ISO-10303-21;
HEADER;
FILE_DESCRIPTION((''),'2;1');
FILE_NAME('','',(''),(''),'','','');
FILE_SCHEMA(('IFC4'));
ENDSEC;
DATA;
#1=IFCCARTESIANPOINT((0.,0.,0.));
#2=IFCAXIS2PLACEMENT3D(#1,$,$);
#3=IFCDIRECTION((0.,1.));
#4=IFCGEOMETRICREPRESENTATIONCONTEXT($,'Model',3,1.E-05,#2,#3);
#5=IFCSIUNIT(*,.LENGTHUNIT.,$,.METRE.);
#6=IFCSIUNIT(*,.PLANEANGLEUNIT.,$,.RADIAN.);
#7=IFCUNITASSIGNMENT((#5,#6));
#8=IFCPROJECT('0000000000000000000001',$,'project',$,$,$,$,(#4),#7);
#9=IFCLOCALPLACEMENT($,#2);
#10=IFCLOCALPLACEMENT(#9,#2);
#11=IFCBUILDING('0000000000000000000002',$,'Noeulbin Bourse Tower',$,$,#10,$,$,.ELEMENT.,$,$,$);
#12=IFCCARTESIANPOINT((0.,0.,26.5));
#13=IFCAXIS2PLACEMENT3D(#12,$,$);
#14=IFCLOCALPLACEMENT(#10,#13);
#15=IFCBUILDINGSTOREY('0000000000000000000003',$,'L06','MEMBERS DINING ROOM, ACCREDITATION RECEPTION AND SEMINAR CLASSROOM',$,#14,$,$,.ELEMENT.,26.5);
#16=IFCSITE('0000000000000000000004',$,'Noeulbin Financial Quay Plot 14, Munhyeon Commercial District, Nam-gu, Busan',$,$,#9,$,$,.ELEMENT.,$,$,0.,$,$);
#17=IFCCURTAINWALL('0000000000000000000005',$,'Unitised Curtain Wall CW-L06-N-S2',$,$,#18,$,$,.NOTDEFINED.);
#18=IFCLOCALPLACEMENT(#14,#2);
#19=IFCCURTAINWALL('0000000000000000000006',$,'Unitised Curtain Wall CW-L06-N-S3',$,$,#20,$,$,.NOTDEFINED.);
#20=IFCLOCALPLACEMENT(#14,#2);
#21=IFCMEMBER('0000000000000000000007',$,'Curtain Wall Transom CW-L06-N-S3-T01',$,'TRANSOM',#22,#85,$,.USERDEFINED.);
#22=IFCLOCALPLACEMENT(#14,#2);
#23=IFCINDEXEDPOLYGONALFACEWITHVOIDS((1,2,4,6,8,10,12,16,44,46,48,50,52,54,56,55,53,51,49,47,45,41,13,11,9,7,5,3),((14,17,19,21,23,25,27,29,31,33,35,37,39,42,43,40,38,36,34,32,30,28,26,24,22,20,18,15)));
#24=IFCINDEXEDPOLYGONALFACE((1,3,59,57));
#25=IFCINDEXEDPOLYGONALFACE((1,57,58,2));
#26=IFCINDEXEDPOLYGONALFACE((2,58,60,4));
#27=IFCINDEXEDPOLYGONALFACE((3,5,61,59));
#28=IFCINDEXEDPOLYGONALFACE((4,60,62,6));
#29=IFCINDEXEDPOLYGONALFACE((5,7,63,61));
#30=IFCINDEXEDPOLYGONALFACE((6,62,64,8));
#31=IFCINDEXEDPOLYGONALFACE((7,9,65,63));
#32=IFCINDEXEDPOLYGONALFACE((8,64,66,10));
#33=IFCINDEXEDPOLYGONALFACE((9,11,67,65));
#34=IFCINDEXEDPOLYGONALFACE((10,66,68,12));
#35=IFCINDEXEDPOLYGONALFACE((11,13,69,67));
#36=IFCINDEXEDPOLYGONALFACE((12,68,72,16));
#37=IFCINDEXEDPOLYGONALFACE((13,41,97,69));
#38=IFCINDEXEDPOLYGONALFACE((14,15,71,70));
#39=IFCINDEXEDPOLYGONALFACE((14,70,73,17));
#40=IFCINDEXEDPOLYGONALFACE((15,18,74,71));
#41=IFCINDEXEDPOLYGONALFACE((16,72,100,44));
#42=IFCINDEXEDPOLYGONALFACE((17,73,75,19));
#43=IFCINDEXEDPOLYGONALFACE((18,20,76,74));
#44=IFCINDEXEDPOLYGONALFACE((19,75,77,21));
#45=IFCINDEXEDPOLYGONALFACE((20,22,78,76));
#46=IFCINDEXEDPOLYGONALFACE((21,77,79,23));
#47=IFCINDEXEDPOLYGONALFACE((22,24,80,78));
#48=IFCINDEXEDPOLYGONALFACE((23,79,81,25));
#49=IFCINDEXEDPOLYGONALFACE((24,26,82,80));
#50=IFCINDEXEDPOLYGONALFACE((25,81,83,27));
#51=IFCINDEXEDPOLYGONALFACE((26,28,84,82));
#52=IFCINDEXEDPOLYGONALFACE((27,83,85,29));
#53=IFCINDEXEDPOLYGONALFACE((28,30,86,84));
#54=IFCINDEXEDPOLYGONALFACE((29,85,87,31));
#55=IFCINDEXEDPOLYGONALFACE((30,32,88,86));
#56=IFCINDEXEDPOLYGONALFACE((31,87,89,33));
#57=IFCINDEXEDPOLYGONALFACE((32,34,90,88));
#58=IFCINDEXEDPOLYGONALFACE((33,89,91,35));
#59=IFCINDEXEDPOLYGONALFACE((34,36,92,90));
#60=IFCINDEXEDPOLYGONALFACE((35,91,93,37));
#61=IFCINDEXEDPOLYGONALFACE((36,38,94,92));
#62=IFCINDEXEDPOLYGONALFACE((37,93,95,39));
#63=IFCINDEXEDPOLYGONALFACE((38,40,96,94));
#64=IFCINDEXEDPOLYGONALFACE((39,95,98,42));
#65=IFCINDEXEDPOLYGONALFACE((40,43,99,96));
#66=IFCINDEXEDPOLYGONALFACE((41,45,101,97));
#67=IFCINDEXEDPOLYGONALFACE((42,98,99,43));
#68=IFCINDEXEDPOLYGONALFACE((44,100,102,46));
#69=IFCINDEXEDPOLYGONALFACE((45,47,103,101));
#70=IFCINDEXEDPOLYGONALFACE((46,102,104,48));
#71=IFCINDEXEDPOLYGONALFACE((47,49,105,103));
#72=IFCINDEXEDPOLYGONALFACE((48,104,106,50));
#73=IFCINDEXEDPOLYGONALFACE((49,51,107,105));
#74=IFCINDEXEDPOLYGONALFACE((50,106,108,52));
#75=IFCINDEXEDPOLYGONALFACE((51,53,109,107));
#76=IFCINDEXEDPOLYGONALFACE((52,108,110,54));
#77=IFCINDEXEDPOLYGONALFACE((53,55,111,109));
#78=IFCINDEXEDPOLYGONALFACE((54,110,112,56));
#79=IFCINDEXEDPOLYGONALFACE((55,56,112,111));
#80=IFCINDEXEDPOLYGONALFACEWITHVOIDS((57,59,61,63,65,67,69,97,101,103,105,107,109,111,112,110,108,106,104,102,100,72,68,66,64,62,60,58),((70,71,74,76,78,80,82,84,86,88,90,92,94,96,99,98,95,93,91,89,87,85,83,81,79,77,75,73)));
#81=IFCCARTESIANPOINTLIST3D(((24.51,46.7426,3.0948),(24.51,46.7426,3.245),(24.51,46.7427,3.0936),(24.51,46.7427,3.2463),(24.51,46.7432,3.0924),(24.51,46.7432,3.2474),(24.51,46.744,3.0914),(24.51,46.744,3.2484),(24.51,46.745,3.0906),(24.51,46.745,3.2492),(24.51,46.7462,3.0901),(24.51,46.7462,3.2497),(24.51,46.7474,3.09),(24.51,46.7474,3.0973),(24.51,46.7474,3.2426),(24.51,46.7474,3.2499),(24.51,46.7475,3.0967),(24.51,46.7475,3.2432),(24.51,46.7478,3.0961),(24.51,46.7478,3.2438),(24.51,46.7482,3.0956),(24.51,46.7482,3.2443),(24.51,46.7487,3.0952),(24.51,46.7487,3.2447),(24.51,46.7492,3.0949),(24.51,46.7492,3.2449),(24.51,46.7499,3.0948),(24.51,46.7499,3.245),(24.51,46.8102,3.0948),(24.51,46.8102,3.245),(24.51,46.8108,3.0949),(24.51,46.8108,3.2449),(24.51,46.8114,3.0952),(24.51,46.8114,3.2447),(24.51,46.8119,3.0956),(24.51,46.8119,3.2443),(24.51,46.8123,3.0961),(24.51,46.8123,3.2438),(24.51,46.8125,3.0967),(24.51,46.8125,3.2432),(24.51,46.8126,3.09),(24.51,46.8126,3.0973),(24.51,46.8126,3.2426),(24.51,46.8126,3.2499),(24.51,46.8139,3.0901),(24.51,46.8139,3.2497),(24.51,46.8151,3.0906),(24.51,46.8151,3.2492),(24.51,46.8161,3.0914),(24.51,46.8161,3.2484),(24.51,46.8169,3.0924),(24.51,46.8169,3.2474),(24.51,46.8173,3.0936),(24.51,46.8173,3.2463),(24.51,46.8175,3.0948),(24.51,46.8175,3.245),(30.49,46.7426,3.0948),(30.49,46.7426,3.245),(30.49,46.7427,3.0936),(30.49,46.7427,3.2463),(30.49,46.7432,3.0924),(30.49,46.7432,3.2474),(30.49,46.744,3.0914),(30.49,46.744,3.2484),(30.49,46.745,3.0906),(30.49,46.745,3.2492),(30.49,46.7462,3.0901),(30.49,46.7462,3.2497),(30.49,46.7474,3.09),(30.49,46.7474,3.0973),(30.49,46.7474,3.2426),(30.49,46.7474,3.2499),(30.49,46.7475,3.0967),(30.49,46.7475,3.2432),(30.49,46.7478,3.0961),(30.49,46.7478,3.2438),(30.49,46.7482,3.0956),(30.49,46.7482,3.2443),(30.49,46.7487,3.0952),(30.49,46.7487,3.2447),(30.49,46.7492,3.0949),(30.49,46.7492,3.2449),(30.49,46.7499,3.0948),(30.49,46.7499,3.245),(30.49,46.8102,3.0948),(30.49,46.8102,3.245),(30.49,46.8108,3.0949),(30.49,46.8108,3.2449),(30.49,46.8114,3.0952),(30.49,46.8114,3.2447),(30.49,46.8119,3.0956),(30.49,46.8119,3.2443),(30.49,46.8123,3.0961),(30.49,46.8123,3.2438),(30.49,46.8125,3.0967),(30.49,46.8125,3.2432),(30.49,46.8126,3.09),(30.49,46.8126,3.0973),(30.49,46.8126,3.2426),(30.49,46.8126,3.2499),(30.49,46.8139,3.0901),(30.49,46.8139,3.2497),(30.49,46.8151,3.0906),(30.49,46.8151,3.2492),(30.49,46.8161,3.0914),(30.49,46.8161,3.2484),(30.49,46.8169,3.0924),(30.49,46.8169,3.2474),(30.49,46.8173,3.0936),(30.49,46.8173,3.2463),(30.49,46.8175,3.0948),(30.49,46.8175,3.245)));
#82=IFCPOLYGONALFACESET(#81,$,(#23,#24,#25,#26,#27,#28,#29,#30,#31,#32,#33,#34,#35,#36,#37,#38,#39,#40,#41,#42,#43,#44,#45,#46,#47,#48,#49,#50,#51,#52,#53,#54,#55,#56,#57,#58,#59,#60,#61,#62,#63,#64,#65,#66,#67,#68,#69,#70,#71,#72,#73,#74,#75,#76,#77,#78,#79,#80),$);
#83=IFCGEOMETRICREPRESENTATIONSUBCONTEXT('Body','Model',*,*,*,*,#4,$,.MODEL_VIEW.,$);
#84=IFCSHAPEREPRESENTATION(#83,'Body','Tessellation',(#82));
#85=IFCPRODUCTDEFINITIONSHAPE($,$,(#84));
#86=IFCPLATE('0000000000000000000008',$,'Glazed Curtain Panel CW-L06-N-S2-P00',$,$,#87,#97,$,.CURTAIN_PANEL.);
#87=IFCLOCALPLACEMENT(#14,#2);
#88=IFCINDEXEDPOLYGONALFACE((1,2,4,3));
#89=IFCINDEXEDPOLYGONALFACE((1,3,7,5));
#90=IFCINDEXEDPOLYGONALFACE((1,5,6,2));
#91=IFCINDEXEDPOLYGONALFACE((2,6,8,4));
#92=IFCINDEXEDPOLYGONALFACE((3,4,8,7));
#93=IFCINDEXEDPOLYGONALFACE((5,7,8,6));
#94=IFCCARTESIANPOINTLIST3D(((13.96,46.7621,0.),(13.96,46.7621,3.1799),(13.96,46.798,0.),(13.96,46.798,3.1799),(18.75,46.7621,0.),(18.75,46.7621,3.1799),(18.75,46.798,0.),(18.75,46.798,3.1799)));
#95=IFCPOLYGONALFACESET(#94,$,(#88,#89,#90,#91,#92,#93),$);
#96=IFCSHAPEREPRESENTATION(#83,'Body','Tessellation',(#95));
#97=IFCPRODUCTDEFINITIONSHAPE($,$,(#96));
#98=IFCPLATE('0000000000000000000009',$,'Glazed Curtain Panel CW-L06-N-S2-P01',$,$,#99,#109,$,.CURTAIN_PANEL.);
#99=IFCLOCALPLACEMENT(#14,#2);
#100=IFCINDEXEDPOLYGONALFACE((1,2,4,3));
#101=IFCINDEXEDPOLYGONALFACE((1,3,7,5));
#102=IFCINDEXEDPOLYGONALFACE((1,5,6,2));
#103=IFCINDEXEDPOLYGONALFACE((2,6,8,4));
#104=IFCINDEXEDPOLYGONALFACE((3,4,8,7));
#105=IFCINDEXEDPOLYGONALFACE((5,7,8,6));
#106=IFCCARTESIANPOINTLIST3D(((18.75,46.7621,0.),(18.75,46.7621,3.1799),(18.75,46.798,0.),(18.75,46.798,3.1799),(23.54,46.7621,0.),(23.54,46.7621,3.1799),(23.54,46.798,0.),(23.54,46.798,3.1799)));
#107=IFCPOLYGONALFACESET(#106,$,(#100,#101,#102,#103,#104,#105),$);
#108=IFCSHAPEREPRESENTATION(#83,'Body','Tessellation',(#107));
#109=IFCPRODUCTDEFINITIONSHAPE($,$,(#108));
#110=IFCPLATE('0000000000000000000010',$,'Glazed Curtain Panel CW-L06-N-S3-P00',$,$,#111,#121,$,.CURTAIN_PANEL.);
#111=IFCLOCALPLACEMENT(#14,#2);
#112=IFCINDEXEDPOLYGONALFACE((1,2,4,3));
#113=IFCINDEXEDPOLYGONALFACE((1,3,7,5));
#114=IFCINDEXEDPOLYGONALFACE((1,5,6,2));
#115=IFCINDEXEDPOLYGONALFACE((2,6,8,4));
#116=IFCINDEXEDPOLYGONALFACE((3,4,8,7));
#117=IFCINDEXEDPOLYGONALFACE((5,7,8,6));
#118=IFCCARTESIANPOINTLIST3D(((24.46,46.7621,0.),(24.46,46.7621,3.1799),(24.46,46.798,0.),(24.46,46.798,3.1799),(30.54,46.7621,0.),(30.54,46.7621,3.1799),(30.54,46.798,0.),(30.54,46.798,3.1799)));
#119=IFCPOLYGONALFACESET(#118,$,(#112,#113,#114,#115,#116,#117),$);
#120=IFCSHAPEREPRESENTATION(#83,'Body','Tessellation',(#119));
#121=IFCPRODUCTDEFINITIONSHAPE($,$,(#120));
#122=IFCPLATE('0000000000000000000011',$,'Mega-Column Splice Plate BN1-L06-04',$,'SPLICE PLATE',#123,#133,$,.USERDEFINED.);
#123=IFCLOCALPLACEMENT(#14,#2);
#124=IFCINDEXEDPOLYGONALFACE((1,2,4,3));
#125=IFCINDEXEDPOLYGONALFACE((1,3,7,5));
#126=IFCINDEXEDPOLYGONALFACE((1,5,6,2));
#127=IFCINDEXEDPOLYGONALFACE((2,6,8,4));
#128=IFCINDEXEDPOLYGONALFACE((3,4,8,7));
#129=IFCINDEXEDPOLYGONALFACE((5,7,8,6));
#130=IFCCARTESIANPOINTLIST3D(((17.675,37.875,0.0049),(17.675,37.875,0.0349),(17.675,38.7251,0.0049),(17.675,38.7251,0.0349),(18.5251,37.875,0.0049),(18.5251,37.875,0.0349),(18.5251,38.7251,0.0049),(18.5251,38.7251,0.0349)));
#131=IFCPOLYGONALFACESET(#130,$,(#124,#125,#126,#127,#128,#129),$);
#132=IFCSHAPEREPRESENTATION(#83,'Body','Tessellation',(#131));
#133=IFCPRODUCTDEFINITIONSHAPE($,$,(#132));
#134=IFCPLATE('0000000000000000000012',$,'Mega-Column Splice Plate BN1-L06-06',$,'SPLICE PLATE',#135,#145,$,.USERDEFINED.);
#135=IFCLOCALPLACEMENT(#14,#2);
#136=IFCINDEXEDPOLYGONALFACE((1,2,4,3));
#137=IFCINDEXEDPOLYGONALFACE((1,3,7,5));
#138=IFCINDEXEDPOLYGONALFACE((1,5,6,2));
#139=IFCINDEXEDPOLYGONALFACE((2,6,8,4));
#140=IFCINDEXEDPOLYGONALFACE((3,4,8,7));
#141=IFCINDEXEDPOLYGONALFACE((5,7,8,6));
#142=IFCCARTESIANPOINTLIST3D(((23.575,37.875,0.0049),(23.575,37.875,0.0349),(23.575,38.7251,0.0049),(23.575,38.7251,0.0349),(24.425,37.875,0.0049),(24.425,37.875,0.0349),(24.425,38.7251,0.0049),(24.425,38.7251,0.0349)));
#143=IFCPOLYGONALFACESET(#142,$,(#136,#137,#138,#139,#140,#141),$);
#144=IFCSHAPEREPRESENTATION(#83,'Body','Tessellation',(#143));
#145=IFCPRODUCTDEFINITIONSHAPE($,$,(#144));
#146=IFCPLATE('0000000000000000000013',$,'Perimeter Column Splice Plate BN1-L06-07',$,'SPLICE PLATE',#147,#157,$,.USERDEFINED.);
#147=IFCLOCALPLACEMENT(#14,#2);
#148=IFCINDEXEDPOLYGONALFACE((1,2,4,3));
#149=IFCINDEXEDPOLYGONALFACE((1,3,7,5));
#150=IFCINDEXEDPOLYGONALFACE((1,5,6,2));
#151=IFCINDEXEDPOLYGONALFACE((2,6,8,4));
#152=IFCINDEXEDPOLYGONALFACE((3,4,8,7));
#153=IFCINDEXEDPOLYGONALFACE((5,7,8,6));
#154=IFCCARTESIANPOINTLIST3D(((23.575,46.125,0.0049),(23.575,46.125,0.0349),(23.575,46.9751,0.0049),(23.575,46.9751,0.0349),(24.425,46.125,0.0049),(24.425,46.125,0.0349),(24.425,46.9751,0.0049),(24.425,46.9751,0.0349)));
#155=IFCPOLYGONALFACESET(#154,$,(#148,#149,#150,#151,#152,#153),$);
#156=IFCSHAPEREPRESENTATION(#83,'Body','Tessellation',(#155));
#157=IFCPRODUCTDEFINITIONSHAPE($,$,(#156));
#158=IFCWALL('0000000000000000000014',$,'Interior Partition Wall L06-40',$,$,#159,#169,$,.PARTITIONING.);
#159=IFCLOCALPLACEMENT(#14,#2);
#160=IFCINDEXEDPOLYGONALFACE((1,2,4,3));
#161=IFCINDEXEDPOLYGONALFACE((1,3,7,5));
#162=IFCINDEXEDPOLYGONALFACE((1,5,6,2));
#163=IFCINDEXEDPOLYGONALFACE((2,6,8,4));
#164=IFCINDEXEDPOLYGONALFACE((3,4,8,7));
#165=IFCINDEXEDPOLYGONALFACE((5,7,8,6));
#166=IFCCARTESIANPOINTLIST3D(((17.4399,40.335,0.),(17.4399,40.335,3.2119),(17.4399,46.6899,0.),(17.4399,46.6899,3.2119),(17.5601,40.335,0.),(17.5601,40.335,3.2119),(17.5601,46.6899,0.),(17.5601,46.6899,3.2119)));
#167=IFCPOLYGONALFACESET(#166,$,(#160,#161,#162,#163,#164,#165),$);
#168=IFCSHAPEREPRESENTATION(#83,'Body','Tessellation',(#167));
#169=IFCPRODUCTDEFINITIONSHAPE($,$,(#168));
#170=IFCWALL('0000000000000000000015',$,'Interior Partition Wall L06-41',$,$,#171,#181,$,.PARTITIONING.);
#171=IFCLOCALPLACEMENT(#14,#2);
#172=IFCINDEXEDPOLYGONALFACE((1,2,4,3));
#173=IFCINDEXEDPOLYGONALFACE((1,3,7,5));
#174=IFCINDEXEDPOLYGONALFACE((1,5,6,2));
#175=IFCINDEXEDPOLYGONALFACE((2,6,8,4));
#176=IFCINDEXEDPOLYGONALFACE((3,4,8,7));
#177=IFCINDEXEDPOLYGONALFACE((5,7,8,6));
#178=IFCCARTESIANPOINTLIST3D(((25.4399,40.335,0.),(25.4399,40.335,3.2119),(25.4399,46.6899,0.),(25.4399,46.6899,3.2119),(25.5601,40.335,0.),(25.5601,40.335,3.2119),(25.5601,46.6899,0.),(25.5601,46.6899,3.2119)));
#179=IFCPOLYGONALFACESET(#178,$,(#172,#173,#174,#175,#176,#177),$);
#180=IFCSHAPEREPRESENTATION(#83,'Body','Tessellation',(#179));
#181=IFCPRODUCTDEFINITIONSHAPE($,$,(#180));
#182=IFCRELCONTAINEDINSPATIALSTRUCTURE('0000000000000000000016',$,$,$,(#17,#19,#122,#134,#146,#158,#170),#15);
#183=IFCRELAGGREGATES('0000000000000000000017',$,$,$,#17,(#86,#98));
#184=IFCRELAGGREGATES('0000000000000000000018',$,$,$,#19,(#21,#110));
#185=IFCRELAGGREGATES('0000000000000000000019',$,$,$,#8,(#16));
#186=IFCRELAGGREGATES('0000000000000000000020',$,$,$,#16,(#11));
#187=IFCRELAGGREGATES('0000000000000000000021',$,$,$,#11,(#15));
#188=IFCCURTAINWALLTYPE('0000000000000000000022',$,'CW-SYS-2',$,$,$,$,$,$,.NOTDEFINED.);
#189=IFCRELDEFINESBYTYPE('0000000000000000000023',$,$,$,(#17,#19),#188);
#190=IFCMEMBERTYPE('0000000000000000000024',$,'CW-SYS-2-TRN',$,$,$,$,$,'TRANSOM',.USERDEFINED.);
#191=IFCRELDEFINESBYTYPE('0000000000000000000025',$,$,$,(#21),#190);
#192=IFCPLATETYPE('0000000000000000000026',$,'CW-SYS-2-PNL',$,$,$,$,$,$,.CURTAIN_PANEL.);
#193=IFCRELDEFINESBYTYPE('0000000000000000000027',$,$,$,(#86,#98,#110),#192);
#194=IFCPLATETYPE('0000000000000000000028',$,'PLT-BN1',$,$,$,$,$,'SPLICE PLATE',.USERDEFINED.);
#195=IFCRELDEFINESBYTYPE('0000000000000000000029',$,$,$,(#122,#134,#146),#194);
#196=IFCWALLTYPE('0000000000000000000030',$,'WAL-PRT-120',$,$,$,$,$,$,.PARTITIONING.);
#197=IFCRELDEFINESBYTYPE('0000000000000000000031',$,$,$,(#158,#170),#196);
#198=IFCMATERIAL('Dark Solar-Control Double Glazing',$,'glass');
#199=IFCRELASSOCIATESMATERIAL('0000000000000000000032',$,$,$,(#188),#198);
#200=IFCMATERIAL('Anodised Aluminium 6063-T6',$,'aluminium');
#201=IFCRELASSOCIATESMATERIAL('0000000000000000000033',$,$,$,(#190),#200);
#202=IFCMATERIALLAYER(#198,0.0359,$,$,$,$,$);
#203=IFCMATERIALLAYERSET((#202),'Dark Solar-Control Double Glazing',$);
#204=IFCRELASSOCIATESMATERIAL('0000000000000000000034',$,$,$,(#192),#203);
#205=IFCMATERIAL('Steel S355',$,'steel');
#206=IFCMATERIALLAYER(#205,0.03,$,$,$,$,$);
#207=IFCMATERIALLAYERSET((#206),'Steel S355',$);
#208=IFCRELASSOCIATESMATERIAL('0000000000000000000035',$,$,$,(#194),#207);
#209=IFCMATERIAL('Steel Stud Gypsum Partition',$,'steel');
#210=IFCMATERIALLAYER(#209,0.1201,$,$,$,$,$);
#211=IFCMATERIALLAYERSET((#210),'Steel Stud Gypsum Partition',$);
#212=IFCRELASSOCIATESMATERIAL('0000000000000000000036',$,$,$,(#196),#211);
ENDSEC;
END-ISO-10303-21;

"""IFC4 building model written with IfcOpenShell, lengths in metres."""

from ifc_helpers import new_model, si_unit, direction, frame, frame_2d, origin, origin_2d, place, context, subcontext, project, spatial, rectangle, hollow_rectangle, extrude, material, layer, layer_set, material_profile, profile_set, type_object, element, aggregate, save


model = new_model("IFC4")

# Units and contexts
model_context = context("Model", 3, precision=1e-05, world=origin(), true_north=direction((0.0, 1.0)))
body_context = subcontext(model_context, "Body", "Model", "MODEL_VIEW")
ifc_project = project(units=[si_unit("LENGTHUNIT", "METRE"), si_unit("PLANEANGLEUNIT", "RADIAN")], contexts=[model_context])

# Site, building, storey
site_placement = place(None, origin())
site = spatial("IfcSite", under=ifc_project, at=site_placement, Name="Noeulbin Financial Quay Plot 14, Munhyeon Commercial District, Nam-gu, Busan", CompositionType="ELEMENT", RefElevation=0.0)
building_placement = place(site_placement, origin())
building = spatial("IfcBuilding", under=site, at=building_placement, Name="Noeulbin Bourse Tower", CompositionType="ELEMENT")
storey_placement = place(building_placement, frame((0.0, 0.0, 26.5)))
storey = spatial("IfcBuildingStorey", under=building, at=storey_placement, Name="L06", Description="MEMBERS DINING ROOM, ACCREDITATION RECEPTION AND SEMINAR CLASSROOM", CompositionType="ELEMENT", Elevation=26.5)

# Shared definitions
ifc_material_1 = material(Name="Steel S355", Category="steel")

# Curtain walls, member
ifc_material_2 = material(Name="Dark Solar-Control Double Glazing", Category="glass")
curtain_wall_type = type_object("IfcCurtainWallType", Name="CW-SYS-2", PredefinedType="NOTDEFINED", material=ifc_material_2)
curtain_wall_1_placement = place(storey_placement, origin())
curtain_wall_1 = element("IfcCurtainWall", 1, at=curtain_wall_1_placement, inside=storey, type_object=curtain_wall_type, Name="Unitised Curtain Wall CW-L06-N-S2", PredefinedType="NOTDEFINED")
ifc_material_3 = material(Name="Anodised Aluminium 6063-T6", Category="aluminium")
curtain_wall_2_placement = place(storey_placement, origin())
curtain_wall_2 = element("IfcCurtainWall", 2, at=curtain_wall_2_placement, inside=storey, type_object=curtain_wall_type, Name="Unitised Curtain Wall CW-L06-N-S3", PredefinedType="NOTDEFINED")
ifc_material_profile_1 = material_profile(ifc_material_3, hollow_rectangle(XDim=0.075, YDim=0.1599, WallThickness=0.0049, InnerFilletRadius=0.0024, OuterFilletRadius=0.0049, at=origin_2d()), Name="ALU-TRAN-75x160x5", Category="LoadBearing")
ifc_profile_set_1 = profile_set([ifc_material_profile_1], Name="Anodised Aluminium 6063-T6")
member_type_1 = type_object("IfcMemberType", Name="CW-SYS-2-TRN", ElementType="TRANSOM", PredefinedType="USERDEFINED", material=ifc_profile_set_1)
member_1_placement = place(storey_placement, frame((24.51, 46.78, 3.1699), z_axis=(1.0, 0.0, 0.0), x_axis=(0.0, 1.0, 0.0)))
member_1 = element("IfcMember", 3, at=member_1_placement, type_object=member_type_1, Name="Curtain Wall Transom CW-L06-N-S3-T01", ObjectType="TRANSOM", PredefinedType="USERDEFINED", context=body_context, shape_type="SweptSolid", body=[
    extrude(hollow_rectangle(XDim=0.075, YDim=0.1599, WallThickness=0.0049, InnerFilletRadius=0.0024, OuterFilletRadius=0.0049, at=origin_2d()), origin(), (0.0, 0.0, 1.0), 5.98),
])

# Plates
ifc_layer_1 = layer(ifc_material_2, 0.0359)
ifc_layer_set_1 = layer_set([ifc_layer_1], Name="Dark Solar-Control Double Glazing")
plate_type_1 = type_object("IfcPlateType", Name="CW-SYS-2-PNL", PredefinedType="CURTAIN_PANEL", material=ifc_layer_set_1)
plate_1_placement = place(storey_placement, frame((16.355, 46.78, 0.0), z_axis=(0.0, 0.0, 1.0), x_axis=(1.0, 0.0, 0.0)))
plate_1 = element("IfcPlate", 4, at=plate_1_placement, type_object=plate_type_1, Name="Glazed Curtain Panel CW-L06-N-S2-P00", PredefinedType="CURTAIN_PANEL", context=body_context, shape_type="SweptSolid", body=[
    extrude(rectangle(XDim=4.79, YDim=0.0359, at=origin_2d()), origin(), (0.0, 0.0, 1.0), 3.1799),
])
plate_2_placement = place(storey_placement, frame((21.145, 46.78, 0.0), z_axis=(0.0, 0.0, 1.0), x_axis=(1.0, 0.0, 0.0)))
plate_2 = element("IfcPlate", 5, at=plate_2_placement, type_object=plate_type_1, Name="Glazed Curtain Panel CW-L06-N-S2-P01", PredefinedType="CURTAIN_PANEL", context=body_context, shape_type="SweptSolid", body=[
    extrude(rectangle(XDim=4.79, YDim=0.0359, at=origin_2d()), origin(), (0.0, 0.0, 1.0), 3.1799),
])
aggregate(curtain_wall_1, [plate_1, plate_2])
plate_3_placement = place(storey_placement, frame((27.5, 46.78, 0.0), z_axis=(0.0, 0.0, 1.0), x_axis=(1.0, 0.0, 0.0)))
plate_3 = element("IfcPlate", 6, at=plate_3_placement, type_object=plate_type_1, Name="Glazed Curtain Panel CW-L06-N-S3-P00", PredefinedType="CURTAIN_PANEL", context=body_context, shape_type="SweptSolid", body=[
    extrude(rectangle(XDim=6.0801, YDim=0.0359, at=origin_2d()), origin(), (0.0, 0.0, 1.0), 3.1799),
])
aggregate(curtain_wall_2, [member_1, plate_3])

# Plates
ifc_layer_2 = layer(ifc_material_1, 0.03)
ifc_layer_set_2 = layer_set([ifc_layer_2], Name="Steel S355")
plate_type_2 = type_object("IfcPlateType", Name="PLT-BN1", ElementType="SPLICE PLATE", PredefinedType="USERDEFINED", material=ifc_layer_set_2)
for number, where, z_axis, x_axis, name in (
    (7, (18.1001, 38.3, 0.0049), (0.0, 0.0, 1.0), (1.0, 0.0, 0.0), "Mega-Column Splice Plate BN1-L06-04"),
    (8, (24.0, 38.3, 0.0049), (0.0, 0.0, 1.0), (1.0, 0.0, 0.0), "Mega-Column Splice Plate BN1-L06-06"),
    (9, (24.0, 46.55, 0.0049), (0.0, 0.0, 1.0), (1.0, 0.0, 0.0), "Perimeter Column Splice Plate BN1-L06-07"),
):
    element("IfcPlate", number, at=place(storey_placement, frame(where, z_axis=z_axis, x_axis=x_axis)), inside=storey, type_object=plate_type_2, Name=name, ObjectType="SPLICE PLATE", PredefinedType="USERDEFINED", context=body_context, shape_type="SweptSolid", body=[
        extrude(rectangle(XDim=0.8501, YDim=0.8501, at=origin_2d()), origin(), (0.0, 0.0, 1.0), 0.03),
    ])

# Walls
ifc_material_4 = material(Name="Steel Stud Gypsum Partition", Category="steel")
ifc_layer_3 = layer(ifc_material_4, 0.1201)
ifc_layer_set_3 = layer_set([ifc_layer_3], Name="Steel Stud Gypsum Partition")
wall_type = type_object("IfcWallType", Name="WAL-PRT-120", PredefinedType="PARTITIONING", material=ifc_layer_set_3)
for number, where, z_axis, x_axis, name in (
    (10, (17.5, 40.335, 0.0), (0.0, 0.0, 1.0), (0.0, 1.0, 0.0), "Interior Partition Wall L06-40"),
    (11, (25.5, 40.335, 0.0), (0.0, 0.0, 1.0), (0.0, 1.0, 0.0), "Interior Partition Wall L06-41"),
):
    element("IfcWall", number, at=place(storey_placement, frame(where, z_axis=z_axis, x_axis=x_axis)), inside=storey, type_object=wall_type, Name=name, PredefinedType="PARTITIONING", context=body_context, shape_type="SweptSolid", body=[
        extrude(rectangle(XDim=6.355, YDim=0.1201, at=frame_2d((3.1775, 0.0))), origin(), (0.0, 0.0, 1.0), 3.2119),
    ])

save(model, "model.ifc")
